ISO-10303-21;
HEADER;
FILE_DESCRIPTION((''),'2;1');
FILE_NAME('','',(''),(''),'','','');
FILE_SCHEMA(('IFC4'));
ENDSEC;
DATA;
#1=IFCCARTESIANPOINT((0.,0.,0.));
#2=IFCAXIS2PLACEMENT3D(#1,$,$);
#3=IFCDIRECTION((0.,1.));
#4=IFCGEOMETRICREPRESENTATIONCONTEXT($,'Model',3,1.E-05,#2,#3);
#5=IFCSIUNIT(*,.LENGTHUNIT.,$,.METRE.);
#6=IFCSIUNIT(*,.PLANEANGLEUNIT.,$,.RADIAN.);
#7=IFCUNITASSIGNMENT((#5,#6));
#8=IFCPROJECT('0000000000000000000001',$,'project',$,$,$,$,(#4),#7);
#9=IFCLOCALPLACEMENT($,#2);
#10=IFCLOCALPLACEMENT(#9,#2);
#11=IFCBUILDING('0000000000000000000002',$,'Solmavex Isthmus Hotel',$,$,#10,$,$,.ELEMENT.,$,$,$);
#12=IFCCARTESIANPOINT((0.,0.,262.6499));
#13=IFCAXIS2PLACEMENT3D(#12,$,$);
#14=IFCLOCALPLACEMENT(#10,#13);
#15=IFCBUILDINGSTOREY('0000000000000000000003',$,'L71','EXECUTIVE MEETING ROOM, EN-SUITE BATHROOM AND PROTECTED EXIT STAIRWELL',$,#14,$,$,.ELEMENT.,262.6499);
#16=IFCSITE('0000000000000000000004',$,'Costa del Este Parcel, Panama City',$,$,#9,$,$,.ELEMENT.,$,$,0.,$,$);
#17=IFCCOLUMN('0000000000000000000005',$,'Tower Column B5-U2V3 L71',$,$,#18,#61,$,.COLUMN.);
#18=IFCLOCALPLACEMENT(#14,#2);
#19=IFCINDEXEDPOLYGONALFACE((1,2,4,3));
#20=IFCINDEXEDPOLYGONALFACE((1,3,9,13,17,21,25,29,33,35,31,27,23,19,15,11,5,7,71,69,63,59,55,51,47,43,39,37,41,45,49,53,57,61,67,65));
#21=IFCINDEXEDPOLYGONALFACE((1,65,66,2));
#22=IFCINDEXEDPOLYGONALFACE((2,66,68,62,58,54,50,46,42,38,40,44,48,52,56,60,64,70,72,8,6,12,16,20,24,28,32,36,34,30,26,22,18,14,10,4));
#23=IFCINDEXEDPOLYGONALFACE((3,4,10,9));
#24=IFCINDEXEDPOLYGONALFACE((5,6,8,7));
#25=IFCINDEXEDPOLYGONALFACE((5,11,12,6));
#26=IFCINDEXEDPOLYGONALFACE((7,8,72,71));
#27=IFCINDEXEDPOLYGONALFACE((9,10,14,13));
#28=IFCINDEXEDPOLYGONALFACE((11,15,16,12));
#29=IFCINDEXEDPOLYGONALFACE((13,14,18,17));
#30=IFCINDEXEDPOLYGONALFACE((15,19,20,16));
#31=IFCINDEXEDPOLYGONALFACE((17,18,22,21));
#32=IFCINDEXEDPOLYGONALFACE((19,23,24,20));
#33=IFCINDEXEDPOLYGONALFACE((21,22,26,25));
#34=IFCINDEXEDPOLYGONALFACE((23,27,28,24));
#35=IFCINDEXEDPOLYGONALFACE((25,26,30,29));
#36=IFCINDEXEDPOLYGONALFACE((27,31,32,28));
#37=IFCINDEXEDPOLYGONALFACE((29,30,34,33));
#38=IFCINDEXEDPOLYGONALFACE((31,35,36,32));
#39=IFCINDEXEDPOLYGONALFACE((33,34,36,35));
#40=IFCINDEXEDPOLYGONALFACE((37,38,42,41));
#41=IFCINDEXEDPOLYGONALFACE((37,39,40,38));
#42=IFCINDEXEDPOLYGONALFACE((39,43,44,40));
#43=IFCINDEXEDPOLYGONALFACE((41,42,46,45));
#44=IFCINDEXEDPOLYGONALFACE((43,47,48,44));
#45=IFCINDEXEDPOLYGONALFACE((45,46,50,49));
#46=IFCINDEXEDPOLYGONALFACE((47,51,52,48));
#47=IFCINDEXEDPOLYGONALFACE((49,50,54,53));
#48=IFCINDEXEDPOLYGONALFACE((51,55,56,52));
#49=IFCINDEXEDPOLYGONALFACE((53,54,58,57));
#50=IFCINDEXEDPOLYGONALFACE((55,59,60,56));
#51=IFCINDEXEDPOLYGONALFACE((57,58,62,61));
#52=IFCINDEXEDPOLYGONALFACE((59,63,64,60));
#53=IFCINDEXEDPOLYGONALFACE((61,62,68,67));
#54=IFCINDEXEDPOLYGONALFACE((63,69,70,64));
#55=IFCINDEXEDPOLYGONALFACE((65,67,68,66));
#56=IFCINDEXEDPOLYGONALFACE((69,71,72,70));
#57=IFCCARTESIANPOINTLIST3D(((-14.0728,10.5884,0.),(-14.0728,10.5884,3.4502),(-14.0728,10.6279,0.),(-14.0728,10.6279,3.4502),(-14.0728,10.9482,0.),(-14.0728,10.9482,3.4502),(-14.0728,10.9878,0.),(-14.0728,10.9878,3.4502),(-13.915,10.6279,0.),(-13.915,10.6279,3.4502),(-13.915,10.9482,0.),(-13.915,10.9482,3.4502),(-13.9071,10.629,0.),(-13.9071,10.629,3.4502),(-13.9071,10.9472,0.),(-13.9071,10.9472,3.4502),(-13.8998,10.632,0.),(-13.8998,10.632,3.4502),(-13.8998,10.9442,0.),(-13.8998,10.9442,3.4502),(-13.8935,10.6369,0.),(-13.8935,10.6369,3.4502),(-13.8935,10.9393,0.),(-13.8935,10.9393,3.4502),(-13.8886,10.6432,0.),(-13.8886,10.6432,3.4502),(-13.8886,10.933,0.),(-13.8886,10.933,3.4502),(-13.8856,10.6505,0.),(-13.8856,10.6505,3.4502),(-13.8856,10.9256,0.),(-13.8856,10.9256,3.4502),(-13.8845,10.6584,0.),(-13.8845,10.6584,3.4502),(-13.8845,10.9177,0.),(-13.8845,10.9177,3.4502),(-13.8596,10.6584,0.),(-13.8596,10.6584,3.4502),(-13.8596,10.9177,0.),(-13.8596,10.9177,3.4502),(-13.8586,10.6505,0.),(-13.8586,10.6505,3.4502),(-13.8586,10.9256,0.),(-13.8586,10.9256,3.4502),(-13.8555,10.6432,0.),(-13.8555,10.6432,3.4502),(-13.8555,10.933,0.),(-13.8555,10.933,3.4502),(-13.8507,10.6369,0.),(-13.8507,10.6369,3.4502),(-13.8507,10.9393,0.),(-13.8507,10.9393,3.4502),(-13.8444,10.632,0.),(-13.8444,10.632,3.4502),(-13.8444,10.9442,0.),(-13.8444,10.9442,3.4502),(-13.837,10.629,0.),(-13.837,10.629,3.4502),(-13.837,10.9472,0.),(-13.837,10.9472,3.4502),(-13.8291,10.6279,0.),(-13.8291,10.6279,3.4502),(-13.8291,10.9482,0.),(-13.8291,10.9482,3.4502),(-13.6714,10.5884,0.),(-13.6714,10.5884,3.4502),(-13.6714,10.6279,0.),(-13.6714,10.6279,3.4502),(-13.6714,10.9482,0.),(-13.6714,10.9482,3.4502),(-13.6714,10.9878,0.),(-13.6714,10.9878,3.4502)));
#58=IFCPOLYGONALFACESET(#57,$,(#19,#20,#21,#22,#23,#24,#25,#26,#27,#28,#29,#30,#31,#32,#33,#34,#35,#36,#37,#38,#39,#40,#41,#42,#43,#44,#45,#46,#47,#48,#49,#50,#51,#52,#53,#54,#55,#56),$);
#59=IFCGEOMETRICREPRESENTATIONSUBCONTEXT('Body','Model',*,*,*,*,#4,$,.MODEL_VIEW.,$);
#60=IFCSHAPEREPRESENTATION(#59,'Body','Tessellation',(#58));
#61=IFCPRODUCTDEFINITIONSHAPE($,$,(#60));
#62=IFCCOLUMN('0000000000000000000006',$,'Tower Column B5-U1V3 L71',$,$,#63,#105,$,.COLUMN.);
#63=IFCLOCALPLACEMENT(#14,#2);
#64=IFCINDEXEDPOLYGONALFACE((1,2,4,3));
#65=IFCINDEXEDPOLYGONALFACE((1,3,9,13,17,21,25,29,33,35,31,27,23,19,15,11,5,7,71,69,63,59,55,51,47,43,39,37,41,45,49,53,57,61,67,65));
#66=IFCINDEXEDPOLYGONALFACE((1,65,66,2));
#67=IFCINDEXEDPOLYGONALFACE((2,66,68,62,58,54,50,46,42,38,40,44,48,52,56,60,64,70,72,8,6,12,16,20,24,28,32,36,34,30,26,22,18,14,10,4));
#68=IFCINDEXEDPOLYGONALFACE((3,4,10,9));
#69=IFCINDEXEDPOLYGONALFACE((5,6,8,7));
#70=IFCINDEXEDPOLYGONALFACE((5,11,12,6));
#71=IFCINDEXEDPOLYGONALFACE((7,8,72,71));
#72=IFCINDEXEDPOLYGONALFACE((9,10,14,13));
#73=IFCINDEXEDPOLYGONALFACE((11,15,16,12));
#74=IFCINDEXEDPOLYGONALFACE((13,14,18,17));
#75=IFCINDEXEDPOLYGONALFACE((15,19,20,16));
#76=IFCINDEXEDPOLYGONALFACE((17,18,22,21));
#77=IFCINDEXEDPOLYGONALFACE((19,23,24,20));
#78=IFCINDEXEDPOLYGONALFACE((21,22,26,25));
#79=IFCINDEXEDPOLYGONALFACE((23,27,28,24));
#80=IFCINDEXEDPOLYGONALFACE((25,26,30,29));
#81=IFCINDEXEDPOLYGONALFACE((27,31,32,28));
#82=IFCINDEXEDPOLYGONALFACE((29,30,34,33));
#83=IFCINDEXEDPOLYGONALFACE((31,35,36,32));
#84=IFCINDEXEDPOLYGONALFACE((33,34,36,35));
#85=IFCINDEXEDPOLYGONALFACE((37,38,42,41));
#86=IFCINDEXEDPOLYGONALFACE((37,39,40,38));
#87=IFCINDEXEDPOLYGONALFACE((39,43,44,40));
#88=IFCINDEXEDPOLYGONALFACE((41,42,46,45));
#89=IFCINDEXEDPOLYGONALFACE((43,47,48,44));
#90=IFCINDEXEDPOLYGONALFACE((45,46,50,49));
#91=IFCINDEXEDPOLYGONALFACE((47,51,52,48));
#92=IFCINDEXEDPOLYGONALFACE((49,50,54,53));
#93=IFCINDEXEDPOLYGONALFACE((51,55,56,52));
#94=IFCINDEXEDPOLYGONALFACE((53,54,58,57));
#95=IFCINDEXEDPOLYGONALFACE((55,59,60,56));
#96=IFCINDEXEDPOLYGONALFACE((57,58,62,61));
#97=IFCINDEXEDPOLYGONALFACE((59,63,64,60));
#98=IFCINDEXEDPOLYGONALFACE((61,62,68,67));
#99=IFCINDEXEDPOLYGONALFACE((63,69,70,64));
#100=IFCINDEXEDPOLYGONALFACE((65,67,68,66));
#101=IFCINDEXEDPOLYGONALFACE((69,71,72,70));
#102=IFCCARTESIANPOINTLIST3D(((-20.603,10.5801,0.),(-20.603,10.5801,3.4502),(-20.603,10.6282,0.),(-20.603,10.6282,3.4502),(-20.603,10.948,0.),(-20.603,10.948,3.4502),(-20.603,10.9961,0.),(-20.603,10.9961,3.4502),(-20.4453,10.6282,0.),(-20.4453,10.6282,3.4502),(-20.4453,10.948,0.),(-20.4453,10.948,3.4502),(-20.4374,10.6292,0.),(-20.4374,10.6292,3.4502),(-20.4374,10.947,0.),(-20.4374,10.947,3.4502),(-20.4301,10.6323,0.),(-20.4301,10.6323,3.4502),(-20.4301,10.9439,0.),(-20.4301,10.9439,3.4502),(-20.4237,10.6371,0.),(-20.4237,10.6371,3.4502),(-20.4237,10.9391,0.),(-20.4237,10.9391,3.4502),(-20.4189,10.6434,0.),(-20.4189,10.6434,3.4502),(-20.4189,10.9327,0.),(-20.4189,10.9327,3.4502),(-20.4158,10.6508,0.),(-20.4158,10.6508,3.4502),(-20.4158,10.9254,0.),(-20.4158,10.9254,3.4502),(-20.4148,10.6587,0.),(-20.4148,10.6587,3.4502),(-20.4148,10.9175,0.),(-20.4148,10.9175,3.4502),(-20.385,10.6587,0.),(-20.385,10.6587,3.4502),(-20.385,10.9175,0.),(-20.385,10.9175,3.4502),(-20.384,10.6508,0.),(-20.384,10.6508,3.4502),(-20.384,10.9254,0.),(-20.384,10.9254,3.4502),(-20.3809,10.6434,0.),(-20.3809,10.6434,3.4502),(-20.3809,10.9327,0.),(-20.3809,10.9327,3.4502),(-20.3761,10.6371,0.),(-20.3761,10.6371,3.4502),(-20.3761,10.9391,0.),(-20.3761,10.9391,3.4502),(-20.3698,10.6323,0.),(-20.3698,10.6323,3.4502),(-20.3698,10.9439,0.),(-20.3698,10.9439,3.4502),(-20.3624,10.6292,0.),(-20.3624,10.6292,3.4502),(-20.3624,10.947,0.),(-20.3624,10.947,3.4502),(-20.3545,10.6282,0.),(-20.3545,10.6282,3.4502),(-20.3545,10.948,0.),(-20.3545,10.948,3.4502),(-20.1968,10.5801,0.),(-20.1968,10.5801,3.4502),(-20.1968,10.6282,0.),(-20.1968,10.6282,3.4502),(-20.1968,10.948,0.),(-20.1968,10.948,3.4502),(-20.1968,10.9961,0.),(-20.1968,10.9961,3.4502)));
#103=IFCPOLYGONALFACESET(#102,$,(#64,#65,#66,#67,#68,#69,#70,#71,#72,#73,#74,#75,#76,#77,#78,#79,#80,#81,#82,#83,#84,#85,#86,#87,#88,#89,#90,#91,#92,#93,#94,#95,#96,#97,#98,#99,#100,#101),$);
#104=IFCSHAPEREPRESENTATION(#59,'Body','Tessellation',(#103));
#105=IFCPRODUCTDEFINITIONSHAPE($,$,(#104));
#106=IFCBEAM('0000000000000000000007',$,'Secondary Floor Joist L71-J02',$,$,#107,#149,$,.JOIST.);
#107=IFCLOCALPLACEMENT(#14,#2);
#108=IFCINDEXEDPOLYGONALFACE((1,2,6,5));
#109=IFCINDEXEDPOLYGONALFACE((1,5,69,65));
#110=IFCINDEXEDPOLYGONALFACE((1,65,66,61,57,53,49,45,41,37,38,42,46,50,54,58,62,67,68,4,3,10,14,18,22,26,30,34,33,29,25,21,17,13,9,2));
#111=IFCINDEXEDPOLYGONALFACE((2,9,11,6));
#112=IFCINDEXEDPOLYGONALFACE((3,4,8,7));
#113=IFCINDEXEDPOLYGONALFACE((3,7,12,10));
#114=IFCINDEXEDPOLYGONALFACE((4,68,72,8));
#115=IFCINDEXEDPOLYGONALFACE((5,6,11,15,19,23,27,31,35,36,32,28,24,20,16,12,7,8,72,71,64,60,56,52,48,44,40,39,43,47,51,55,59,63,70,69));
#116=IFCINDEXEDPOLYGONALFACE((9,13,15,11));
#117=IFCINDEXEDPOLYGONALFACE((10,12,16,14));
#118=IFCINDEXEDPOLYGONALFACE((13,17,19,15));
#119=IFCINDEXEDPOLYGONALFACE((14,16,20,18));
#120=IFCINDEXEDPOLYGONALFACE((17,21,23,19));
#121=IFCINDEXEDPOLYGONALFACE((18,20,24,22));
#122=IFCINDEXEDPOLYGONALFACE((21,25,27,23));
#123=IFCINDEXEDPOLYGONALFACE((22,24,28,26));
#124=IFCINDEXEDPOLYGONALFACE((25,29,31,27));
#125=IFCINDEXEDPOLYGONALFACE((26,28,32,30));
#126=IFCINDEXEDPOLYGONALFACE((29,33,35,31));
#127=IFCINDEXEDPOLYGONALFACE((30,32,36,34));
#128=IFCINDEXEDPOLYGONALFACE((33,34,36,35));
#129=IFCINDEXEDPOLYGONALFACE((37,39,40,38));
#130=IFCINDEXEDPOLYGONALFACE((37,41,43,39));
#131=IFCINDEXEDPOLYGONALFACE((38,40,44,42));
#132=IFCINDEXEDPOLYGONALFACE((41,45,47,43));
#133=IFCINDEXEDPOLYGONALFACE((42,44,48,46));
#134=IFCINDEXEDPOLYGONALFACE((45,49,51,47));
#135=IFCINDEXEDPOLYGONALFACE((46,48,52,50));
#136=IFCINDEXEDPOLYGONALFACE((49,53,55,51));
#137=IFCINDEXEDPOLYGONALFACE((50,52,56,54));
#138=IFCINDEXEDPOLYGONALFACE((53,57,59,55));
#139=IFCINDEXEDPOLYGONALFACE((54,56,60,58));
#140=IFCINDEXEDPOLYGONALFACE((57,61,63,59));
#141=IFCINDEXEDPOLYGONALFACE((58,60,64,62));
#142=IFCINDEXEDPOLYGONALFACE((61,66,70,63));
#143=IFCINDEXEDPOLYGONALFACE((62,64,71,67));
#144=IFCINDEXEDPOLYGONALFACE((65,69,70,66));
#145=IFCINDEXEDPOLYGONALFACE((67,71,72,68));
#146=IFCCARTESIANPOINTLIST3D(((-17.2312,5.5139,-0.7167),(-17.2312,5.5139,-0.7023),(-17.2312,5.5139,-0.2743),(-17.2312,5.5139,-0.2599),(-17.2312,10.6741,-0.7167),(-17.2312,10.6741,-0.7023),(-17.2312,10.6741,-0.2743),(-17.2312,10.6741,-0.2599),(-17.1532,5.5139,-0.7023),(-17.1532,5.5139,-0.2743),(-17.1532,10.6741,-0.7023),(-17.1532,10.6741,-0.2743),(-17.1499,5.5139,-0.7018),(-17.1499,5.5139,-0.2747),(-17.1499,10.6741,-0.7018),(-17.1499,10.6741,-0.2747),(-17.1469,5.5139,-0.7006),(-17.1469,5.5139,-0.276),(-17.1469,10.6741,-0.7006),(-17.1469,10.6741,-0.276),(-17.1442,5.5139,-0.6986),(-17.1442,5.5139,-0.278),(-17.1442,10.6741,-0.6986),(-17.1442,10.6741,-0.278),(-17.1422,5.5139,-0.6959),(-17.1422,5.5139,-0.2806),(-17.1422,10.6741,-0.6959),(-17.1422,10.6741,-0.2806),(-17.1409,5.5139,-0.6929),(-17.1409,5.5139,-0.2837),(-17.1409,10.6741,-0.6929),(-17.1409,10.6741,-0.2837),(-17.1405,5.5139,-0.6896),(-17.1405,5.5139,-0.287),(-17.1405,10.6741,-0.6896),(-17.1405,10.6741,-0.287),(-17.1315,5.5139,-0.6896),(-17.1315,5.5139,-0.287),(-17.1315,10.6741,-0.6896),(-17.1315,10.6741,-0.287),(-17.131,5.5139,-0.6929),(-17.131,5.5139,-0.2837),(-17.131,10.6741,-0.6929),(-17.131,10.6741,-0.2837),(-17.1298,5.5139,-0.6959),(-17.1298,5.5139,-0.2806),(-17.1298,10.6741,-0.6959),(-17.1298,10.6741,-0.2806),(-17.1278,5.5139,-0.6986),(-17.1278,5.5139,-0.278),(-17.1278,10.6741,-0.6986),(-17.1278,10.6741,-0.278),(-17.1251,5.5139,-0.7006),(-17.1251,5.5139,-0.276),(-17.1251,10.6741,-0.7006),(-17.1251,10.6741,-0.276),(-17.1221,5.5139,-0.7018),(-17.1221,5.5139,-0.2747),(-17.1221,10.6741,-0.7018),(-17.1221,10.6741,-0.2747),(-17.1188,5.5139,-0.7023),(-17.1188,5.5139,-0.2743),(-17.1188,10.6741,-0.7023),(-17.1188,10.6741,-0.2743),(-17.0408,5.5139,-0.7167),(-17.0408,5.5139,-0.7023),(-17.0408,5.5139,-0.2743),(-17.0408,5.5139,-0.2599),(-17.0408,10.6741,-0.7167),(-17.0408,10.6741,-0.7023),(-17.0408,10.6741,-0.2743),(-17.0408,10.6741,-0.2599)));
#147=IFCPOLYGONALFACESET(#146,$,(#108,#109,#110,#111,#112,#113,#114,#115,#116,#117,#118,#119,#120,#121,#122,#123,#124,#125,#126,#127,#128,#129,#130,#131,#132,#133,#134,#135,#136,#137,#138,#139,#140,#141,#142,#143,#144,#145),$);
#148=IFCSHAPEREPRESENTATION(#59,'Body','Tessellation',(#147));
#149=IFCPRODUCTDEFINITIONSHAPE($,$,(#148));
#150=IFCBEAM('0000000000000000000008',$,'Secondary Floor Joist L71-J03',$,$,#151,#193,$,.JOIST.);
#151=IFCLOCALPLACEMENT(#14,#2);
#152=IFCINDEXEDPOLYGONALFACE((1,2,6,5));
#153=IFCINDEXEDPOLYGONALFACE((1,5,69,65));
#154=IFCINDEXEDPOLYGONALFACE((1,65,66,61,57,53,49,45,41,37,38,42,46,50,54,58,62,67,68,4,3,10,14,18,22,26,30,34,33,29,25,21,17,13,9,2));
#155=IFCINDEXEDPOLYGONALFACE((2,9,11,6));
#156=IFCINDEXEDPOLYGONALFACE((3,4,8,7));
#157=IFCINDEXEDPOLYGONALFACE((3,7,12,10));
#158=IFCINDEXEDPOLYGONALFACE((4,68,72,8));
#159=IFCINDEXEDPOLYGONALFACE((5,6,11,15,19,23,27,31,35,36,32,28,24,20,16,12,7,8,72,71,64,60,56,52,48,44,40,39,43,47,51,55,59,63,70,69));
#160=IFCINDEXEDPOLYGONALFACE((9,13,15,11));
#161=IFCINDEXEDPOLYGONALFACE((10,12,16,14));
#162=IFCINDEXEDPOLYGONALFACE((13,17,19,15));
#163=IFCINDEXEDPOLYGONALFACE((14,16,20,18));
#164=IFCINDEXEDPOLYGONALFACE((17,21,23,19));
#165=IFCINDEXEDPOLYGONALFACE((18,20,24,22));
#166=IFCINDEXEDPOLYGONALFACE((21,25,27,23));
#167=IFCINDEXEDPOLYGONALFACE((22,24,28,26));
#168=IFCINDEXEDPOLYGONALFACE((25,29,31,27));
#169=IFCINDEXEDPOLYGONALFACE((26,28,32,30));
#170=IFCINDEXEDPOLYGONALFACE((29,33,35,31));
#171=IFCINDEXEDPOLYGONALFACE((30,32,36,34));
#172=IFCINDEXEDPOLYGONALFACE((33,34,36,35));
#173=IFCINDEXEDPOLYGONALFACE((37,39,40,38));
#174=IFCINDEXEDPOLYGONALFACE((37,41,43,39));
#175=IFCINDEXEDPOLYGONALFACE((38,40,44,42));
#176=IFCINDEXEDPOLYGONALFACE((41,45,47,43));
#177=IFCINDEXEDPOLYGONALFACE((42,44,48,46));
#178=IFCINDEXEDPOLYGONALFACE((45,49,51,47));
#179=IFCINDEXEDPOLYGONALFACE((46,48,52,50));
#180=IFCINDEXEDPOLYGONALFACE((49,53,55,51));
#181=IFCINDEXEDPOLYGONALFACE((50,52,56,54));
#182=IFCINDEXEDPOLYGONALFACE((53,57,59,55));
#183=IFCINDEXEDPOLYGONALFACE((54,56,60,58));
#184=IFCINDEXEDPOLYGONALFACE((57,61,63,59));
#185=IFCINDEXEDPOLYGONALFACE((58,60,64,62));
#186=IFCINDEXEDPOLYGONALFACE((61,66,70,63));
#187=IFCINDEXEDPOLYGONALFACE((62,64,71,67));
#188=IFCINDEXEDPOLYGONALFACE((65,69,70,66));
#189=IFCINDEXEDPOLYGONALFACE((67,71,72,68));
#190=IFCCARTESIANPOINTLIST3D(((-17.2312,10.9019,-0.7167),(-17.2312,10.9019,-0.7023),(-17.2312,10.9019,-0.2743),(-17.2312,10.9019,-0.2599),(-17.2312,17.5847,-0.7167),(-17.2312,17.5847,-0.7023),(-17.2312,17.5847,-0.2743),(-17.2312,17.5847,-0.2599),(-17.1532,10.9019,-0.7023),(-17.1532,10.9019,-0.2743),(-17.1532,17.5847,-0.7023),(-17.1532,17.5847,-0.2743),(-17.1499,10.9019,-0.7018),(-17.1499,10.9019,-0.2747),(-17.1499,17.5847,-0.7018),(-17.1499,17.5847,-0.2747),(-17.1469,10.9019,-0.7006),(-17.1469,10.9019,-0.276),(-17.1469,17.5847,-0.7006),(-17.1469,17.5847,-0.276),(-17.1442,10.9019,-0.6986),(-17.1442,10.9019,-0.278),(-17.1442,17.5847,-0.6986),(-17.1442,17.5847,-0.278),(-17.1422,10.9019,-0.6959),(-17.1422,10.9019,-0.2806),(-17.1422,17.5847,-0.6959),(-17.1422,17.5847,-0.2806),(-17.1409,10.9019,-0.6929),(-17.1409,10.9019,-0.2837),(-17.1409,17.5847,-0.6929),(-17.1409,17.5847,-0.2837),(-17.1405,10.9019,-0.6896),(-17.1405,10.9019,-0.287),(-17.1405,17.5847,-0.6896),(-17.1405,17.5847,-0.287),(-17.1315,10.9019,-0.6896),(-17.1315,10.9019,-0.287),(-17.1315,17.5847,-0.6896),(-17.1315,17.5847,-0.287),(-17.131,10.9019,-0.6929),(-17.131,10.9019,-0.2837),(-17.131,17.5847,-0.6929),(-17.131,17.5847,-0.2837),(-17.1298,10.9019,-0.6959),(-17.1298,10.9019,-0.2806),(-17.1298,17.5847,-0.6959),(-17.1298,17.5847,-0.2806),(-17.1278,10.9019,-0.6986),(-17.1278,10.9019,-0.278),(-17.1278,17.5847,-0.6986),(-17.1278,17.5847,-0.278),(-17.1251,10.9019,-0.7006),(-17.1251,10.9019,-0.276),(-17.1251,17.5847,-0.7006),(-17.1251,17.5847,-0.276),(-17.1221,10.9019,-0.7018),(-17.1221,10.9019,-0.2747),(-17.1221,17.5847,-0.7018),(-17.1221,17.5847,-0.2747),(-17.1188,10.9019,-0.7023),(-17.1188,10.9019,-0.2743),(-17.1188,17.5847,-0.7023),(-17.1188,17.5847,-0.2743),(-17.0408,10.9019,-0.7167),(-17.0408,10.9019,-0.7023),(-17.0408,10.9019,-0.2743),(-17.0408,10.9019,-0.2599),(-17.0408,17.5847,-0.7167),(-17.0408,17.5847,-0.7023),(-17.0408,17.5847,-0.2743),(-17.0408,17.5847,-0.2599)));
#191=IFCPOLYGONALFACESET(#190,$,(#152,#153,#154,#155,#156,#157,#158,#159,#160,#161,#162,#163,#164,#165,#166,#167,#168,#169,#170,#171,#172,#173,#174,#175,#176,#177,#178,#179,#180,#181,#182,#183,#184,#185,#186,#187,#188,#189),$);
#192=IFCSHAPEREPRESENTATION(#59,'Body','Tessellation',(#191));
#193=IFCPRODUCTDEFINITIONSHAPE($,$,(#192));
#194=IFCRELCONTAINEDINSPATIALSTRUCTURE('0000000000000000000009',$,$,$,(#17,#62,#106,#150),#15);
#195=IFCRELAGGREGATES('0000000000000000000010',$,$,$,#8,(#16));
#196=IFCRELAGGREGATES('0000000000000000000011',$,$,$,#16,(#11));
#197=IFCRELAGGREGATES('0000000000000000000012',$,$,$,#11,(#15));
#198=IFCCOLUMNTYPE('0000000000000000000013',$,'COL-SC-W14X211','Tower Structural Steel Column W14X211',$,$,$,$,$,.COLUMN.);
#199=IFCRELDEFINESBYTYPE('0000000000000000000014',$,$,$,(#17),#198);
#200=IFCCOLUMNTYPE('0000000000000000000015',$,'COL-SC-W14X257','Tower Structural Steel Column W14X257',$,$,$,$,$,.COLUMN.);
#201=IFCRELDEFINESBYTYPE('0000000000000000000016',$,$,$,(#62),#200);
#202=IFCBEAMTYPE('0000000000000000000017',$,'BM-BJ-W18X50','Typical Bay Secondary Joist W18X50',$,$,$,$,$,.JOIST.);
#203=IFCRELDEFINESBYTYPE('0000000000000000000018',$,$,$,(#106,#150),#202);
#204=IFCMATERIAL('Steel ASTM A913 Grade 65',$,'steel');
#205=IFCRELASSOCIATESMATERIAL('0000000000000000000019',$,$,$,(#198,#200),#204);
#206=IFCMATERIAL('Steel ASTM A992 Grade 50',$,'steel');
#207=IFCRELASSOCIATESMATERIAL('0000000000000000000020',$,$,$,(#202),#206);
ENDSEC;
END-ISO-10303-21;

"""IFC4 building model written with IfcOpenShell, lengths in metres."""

from ifc_helpers import new_model, si_unit, direction, frame, origin, origin_2d, place, context, subcontext, project, spatial, i_section, extrude, material, material_profile, profile_set, type_object, element, save


model = new_model("IFC4")

# Units and contexts
model_context = context("Model", 3, precision=1e-05, world=origin(), true_north=direction((0.0, 1.0)))
body_context = subcontext(model_context, "Body", "Model", "MODEL_VIEW")
ifc_project = project(units=[si_unit("LENGTHUNIT", "METRE"), si_unit("PLANEANGLEUNIT", "RADIAN")], contexts=[model_context])

# Site, building, storey
site_placement = place(None, origin())
site = spatial("IfcSite", under=ifc_project, at=site_placement, Name="Costa del Este Parcel, Panama City", CompositionType="ELEMENT", RefElevation=0.0)
building_placement = place(site_placement, origin())
building = spatial("IfcBuilding", under=site, at=building_placement, Name="Solmavex Isthmus Hotel", CompositionType="ELEMENT")
storey_placement = place(building_placement, frame((0.0, 0.0, 262.6499)))
storey = spatial("IfcBuildingStorey", under=building, at=storey_placement, Name="L71", Description="EXECUTIVE MEETING ROOM, EN-SUITE BATHROOM AND PROTECTED EXIT STAIRWELL", CompositionType="ELEMENT", Elevation=262.6499)

# Columns
ifc_material_1 = material(Name="Steel ASTM A913 Grade 65", Category="steel")
ifc_material_profile_1 = material_profile(ifc_material_1, i_section(OverallWidth=0.4014, OverallDepth=0.3994, WebThickness=0.0249, FlangeThickness=0.0396, FilletRadius=0.0305, at=origin_2d()), Name="W14X211")
ifc_profile_set_1 = profile_set([ifc_material_profile_1], Name="Steel ASTM A913 Grade 65")
column_type_1 = type_object("IfcColumnType", Name="COL-SC-W14X211", Description="Tower Structural Steel Column W14X211", PredefinedType="COLUMN", material=ifc_profile_set_1)
column_1_placement = place(storey_placement, frame((-13.8721, 10.7881, 0.0), z_axis=(0.0, 0.0, 1.0), x_axis=(1.0, 0.0, 0.0)))
element("IfcColumn", 1, at=column_1_placement, inside=storey, type_object=column_type_1, Name="Tower Column B5-U2V3 L71", PredefinedType="COLUMN", context=body_context, shape_type="SweptSolid", body=[
    extrude(i_section(OverallWidth=0.4014, OverallDepth=0.3994, WebThickness=0.0249, FlangeThickness=0.0396, FilletRadius=0.0305, at=origin_2d()), origin(), (0.0, 0.0, 1.0), 3.4502),
])
ifc_material_profile_2 = material_profile(ifc_material_1, i_section(OverallWidth=0.4062, OverallDepth=0.416, WebThickness=0.0298, FlangeThickness=0.0481, FilletRadius=0.0305, at=origin_2d()), Name="W14X257")
ifc_profile_set_2 = profile_set([ifc_material_profile_2], Name="Steel ASTM A913 Grade 65")
column_type_2 = type_object("IfcColumnType", Name="COL-SC-W14X257", Description="Tower Structural Steel Column W14X257", PredefinedType="COLUMN", material=ifc_profile_set_2)
column_2_placement = place(storey_placement, frame((-20.3999, 10.7881, 0.0), z_axis=(0.0, 0.0, 1.0), x_axis=(1.0, 0.0, 0.0)))
element("IfcColumn", 2, at=column_2_placement, inside=storey, type_object=column_type_2, Name="Tower Column B5-U1V3 L71", PredefinedType="COLUMN", context=body_context, shape_type="SweptSolid", body=[
    extrude(i_section(OverallWidth=0.4062, OverallDepth=0.416, WebThickness=0.0298, FlangeThickness=0.0481, FilletRadius=0.0305, at=origin_2d()), origin(), (0.0, 0.0, 1.0), 3.4502),
])

# Beams
ifc_material_2 = material(Name="Steel ASTM A992 Grade 50", Category="steel")
ifc_material_profile_3 = material_profile(ifc_material_2, i_section(OverallWidth=0.1904, OverallDepth=0.4568, WebThickness=0.009, FlangeThickness=0.0144, FilletRadius=0.0127, at=origin_2d()), Name="W18X50")
ifc_profile_set_3 = profile_set([ifc_material_profile_3], Name="Steel ASTM A992 Grade 50")
beam_type_1 = type_object("IfcBeamType", Name="BM-BJ-W18X50", Description="Typical Bay Secondary Joist W18X50", PredefinedType="JOIST", material=ifc_profile_set_3)
beam_1_placement = place(storey_placement, frame((-17.136, 5.5139, -0.4883), z_axis=(0.0, 1.0, 0.0), x_axis=(-1.0, 0.0, 0.0)))
element("IfcBeam", 3, at=beam_1_placement, inside=storey, type_object=beam_type_1, Name="Secondary Floor Joist L71-J02", PredefinedType="JOIST", context=body_context, shape_type="SweptSolid", body=[
    extrude(i_section(OverallWidth=0.1904, OverallDepth=0.4568, WebThickness=0.009, FlangeThickness=0.0144, FilletRadius=0.0127, at=origin_2d()), origin(), (0.0, 0.0, 1.0), 5.1602),
])
beam_2_placement = place(storey_placement, frame((-17.136, 10.9019, -0.4883), z_axis=(0.0, 1.0, 0.0), x_axis=(-1.0, 0.0, 0.0)))
element("IfcBeam", 4, at=beam_2_placement, inside=storey, type_object=beam_type_1, Name="Secondary Floor Joist L71-J03", PredefinedType="JOIST", context=body_context, shape_type="SweptSolid", body=[
    extrude(i_section(OverallWidth=0.1904, OverallDepth=0.4568, WebThickness=0.009, FlangeThickness=0.0144, FilletRadius=0.0127, at=origin_2d()), origin(), (0.0, 0.0, 1.0), 6.6829),
])

save(model, "model.ifc")
